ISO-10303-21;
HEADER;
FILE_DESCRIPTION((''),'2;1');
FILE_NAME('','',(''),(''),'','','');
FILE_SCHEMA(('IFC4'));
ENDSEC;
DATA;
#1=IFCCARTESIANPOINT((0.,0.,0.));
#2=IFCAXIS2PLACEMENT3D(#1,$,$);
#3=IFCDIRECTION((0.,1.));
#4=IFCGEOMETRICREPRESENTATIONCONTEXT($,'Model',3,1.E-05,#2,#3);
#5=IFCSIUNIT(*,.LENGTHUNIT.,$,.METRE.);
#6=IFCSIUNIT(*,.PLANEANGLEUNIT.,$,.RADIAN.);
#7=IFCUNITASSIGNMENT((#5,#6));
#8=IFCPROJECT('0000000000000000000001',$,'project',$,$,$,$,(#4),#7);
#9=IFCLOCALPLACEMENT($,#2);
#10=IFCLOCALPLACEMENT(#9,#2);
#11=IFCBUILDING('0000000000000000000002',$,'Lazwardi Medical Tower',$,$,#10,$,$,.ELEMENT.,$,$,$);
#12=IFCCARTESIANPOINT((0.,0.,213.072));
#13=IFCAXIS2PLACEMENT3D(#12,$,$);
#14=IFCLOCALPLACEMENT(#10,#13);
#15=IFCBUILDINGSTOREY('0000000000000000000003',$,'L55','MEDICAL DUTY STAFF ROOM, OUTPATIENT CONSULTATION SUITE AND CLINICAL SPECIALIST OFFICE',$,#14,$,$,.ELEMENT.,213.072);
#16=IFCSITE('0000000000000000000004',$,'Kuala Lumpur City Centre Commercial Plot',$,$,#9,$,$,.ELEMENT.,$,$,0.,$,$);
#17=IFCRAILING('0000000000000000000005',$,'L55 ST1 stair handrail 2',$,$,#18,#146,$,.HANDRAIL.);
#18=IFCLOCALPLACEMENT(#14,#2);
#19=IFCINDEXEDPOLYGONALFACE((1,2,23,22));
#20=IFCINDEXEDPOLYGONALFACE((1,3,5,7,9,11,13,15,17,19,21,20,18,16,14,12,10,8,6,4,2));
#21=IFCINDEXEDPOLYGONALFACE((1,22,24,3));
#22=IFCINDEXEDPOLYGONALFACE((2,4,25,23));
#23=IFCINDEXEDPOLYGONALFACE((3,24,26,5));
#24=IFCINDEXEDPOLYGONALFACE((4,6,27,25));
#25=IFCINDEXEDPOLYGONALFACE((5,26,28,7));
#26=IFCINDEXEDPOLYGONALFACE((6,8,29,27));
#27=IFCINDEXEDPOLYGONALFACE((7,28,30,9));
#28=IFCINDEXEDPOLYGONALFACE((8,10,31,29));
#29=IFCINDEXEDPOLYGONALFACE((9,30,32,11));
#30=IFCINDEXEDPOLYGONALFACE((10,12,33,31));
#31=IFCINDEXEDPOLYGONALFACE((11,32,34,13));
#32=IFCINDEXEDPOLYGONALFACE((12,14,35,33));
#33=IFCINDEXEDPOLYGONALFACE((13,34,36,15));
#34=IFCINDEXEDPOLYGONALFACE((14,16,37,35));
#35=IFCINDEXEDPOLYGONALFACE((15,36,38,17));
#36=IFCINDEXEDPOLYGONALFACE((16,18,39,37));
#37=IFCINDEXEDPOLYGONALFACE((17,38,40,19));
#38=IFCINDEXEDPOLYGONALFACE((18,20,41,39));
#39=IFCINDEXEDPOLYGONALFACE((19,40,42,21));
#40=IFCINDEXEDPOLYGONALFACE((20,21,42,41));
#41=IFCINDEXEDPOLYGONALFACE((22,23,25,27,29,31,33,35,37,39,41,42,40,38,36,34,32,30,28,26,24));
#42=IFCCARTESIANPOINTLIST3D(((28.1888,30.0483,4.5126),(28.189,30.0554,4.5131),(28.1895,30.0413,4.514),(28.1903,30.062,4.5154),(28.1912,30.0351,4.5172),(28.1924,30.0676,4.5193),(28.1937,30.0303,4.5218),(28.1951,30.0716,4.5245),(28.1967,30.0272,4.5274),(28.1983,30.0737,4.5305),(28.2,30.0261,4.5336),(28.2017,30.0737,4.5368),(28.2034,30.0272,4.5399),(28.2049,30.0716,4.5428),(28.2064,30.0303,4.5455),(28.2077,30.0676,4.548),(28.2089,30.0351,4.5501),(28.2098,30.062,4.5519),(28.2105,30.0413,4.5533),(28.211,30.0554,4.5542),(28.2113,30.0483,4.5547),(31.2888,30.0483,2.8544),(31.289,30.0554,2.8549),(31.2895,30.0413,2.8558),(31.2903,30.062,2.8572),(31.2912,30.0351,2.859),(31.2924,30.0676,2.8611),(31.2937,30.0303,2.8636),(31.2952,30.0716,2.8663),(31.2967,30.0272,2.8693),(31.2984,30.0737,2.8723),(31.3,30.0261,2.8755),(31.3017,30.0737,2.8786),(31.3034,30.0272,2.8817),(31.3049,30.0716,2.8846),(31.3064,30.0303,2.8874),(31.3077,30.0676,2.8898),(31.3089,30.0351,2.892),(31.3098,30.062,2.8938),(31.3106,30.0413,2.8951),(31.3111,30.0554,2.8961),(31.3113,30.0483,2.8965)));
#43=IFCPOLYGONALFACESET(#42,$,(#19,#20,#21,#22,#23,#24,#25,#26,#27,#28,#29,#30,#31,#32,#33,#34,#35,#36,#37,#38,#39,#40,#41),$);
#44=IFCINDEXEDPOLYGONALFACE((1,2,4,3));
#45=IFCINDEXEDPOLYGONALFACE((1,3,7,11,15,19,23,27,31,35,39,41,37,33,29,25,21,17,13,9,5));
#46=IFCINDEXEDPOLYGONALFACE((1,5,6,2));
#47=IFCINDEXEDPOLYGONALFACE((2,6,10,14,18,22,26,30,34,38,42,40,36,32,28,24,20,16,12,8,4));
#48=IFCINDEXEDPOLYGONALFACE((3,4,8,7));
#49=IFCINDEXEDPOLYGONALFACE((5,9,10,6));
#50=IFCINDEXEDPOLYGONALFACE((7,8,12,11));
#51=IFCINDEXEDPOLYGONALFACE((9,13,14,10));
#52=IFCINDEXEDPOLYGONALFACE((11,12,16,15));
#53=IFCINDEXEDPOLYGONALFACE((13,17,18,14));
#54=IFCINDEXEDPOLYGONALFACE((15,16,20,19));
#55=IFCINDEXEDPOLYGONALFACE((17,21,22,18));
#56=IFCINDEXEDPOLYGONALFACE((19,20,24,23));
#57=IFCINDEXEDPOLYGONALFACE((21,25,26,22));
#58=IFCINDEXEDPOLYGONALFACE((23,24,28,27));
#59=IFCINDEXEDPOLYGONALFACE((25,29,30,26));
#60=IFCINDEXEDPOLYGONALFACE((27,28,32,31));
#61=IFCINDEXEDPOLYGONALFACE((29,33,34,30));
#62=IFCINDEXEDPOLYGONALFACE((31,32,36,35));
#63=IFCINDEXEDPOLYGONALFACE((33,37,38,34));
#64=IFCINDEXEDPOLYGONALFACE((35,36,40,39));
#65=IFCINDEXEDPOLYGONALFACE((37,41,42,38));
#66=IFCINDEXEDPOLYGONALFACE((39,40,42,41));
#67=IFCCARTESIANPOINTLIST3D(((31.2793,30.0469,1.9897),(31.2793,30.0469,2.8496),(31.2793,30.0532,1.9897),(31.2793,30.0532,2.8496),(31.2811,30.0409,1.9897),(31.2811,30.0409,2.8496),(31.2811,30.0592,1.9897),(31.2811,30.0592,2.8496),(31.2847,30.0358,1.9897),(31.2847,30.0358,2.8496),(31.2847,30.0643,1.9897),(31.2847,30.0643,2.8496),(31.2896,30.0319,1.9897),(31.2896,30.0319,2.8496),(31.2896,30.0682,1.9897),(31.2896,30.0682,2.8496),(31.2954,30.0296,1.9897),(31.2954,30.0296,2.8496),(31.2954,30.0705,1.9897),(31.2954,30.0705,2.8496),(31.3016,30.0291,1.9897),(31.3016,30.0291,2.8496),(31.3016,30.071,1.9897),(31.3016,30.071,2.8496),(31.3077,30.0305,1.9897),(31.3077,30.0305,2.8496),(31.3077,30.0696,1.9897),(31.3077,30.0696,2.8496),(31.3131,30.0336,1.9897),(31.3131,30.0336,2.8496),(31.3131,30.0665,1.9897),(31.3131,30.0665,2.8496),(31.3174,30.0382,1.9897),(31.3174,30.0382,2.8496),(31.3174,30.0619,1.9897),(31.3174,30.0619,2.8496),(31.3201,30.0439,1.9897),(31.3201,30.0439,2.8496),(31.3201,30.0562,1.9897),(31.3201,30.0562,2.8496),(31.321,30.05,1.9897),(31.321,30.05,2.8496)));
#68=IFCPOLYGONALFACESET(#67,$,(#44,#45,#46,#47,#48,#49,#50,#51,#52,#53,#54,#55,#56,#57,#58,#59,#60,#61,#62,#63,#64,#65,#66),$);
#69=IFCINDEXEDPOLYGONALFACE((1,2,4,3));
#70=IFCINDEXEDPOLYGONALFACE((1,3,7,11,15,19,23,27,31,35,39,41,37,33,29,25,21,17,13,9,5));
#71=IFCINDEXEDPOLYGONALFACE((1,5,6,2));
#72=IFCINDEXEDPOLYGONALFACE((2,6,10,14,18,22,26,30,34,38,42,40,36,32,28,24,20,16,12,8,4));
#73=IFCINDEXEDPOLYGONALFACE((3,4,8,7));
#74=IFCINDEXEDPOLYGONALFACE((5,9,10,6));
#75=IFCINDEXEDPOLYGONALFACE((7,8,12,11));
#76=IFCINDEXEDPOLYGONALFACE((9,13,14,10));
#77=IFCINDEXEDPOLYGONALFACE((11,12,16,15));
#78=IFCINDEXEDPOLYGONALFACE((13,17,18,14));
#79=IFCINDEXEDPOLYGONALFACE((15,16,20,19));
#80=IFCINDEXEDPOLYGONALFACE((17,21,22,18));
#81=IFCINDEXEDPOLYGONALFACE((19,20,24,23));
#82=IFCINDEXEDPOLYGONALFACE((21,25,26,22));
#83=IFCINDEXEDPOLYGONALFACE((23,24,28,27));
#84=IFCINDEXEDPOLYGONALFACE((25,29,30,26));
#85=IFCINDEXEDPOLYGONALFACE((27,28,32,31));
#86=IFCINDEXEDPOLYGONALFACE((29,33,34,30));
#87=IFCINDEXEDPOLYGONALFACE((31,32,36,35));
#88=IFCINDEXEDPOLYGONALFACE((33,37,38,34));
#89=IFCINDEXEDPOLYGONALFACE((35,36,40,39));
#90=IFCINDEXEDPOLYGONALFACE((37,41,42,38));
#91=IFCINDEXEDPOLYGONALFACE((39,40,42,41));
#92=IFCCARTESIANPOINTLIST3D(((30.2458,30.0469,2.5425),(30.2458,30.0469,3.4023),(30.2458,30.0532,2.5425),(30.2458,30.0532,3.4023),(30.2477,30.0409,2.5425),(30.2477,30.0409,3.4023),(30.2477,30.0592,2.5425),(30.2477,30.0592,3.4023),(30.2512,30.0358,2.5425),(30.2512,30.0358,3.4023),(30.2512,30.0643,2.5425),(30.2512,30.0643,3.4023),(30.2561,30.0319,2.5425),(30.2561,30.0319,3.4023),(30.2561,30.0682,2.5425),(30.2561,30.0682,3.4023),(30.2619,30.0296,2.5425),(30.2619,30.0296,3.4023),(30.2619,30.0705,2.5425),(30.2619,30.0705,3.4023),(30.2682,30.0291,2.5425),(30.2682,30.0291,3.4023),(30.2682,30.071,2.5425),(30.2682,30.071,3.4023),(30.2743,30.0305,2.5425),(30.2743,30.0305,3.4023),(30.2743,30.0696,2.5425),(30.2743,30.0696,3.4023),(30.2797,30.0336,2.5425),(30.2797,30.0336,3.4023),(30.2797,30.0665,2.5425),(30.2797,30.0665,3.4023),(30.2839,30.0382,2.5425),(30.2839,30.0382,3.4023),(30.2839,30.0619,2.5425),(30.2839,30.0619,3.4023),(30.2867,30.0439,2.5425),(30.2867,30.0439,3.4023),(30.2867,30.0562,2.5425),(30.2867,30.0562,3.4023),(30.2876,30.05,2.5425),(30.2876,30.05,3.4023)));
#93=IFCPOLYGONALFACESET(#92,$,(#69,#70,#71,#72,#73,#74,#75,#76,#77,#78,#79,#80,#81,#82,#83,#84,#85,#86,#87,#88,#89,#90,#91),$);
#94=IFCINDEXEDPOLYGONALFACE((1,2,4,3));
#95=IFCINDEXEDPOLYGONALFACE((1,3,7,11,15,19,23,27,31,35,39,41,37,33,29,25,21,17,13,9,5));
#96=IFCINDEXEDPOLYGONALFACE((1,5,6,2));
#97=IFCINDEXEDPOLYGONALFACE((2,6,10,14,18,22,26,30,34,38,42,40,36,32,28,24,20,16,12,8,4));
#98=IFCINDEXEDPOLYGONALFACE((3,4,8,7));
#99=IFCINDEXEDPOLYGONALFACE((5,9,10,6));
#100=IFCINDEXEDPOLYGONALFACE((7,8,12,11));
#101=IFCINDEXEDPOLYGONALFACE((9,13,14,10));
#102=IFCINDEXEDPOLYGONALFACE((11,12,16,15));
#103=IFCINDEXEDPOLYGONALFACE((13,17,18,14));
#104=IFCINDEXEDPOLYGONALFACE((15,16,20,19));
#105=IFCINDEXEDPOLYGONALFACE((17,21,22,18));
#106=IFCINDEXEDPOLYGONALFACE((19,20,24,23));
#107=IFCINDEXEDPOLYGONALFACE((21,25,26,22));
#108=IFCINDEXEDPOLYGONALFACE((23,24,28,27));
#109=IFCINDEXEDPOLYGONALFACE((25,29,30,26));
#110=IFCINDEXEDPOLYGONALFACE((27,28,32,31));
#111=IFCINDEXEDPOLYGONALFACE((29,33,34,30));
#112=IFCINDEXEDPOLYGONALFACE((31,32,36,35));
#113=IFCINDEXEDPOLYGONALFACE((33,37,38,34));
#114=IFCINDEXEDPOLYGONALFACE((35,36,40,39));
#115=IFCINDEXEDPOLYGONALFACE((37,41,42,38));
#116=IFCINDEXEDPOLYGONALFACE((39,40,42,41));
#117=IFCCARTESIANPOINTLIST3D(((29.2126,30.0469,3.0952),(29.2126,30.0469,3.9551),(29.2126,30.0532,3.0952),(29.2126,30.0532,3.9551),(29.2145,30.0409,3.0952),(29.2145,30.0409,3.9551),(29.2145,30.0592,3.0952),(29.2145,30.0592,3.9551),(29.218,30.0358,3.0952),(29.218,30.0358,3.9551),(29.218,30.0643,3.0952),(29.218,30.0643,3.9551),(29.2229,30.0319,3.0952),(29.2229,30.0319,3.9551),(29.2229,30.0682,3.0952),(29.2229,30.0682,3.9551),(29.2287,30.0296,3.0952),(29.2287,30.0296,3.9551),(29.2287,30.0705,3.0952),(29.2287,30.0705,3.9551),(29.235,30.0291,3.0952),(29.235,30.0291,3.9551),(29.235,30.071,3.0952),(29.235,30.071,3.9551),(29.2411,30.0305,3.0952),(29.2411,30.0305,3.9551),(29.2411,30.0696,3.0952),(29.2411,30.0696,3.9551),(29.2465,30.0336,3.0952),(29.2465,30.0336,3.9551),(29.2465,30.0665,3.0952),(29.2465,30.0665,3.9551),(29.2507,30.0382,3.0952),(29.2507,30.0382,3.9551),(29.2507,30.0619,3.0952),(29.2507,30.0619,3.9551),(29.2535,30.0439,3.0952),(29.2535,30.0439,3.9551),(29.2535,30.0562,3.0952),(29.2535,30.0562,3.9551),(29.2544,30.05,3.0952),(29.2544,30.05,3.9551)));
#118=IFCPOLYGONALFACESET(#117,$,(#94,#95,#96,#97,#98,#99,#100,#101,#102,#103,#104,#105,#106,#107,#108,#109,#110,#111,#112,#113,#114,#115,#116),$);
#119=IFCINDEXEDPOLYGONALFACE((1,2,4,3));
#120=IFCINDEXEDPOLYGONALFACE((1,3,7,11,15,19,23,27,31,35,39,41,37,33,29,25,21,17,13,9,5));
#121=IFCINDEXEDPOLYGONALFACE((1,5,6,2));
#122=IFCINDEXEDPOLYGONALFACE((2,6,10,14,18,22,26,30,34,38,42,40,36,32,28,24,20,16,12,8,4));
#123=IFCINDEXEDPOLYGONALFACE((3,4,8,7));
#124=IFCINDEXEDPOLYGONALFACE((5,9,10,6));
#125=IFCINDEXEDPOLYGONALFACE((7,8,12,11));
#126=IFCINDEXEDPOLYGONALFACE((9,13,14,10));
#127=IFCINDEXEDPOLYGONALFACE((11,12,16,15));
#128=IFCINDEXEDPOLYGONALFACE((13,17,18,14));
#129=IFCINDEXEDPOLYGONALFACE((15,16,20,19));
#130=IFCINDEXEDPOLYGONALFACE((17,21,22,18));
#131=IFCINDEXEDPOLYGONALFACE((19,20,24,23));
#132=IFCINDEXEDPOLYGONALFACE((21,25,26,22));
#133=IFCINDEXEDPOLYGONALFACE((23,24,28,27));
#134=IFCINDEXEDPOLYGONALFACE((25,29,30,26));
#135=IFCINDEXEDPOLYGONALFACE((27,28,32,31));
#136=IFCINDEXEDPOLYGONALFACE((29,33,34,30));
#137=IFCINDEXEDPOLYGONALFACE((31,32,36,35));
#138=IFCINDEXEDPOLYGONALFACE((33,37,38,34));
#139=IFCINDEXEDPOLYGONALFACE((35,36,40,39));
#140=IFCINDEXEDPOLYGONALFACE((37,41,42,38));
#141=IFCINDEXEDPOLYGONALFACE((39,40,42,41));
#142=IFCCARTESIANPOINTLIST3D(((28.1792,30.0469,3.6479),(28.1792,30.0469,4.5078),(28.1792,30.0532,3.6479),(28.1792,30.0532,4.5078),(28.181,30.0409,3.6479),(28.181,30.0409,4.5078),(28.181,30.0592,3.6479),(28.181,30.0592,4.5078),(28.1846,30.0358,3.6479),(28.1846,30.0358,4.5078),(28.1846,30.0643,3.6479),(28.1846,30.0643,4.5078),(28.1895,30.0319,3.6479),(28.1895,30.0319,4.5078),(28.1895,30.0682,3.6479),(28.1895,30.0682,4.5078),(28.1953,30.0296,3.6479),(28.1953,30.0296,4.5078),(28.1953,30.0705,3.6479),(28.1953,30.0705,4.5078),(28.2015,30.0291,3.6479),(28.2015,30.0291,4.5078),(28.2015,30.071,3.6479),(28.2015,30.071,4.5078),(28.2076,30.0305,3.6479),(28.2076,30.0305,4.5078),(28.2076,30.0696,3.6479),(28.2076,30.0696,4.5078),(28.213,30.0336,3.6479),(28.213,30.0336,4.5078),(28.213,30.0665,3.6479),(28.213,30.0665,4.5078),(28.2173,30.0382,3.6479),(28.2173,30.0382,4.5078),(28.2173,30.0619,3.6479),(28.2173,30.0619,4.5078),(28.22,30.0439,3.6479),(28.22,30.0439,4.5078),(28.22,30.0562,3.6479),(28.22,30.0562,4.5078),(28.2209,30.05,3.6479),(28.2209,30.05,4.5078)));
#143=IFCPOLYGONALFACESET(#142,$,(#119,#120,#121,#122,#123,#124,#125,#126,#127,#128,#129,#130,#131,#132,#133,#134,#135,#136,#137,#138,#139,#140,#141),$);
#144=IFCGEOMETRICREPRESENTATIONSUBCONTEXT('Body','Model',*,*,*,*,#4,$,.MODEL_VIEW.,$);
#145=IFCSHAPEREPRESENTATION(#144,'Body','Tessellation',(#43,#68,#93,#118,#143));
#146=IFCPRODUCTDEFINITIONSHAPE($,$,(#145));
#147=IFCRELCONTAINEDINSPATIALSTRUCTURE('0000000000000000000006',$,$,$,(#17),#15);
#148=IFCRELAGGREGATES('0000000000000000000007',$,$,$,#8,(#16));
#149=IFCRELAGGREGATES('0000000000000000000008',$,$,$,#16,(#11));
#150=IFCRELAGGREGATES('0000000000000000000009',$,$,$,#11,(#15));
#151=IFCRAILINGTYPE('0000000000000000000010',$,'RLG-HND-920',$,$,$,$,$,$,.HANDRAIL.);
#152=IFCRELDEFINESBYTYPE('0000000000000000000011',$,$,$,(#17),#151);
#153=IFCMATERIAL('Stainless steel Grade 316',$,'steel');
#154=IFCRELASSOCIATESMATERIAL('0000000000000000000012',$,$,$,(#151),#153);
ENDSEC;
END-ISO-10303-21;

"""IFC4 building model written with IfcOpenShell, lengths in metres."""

from ifc_helpers import new_model, si_unit, direction, frame, origin, origin_2d, place, context, subcontext, project, spatial, circle, extrude, material, type_object, element, save


model = new_model("IFC4")

# Units and contexts
model_context = context("Model", 3, precision=1e-05, world=origin(), true_north=direction((0.0, 1.0)))
body_context = subcontext(model_context, "Body", "Model", "MODEL_VIEW")
ifc_project = project(units=[si_unit("LENGTHUNIT", "METRE"), si_unit("PLANEANGLEUNIT", "RADIAN")], contexts=[model_context])

# Site, building, storey
site_placement = place(None, origin())
site = spatial("IfcSite", under=ifc_project, at=site_placement, Name="Kuala Lumpur City Centre Commercial Plot", CompositionType="ELEMENT", RefElevation=0.0)
building_placement = place(site_placement, origin())
building = spatial("IfcBuilding", under=site, at=building_placement, Name="Lazwardi Medical Tower", CompositionType="ELEMENT")
storey_placement = place(building_placement, frame((0.0, 0.0, 213.072)))
storey = spatial("IfcBuildingStorey", under=building, at=storey_placement, Name="L55", Description="MEDICAL DUTY STAFF ROOM, OUTPATIENT CONSULTATION SUITE AND CLINICAL SPECIALIST OFFICE", CompositionType="ELEMENT", Elevation=213.072)

# Railing
ifc_material_1 = material(Name="Stainless steel Grade 316", Category="steel")
railing_type_1 = type_object("IfcRailingType", Name="RLG-HND-920", PredefinedType="HANDRAIL", material=ifc_material_1)
railing_1_placement = place(storey_placement, frame((31.3, 30.05, 1.9897)))
element("IfcRailing", 1, at=railing_1_placement, inside=storey, type_object=railing_type_1, Name="L55 ST1 stair handrail 2", PredefinedType="HANDRAIL", context=body_context, shape_type="SweptSolid", body=[
    extrude(circle(Radius=0.0239, at=origin_2d()), frame((0.0, 0.0, 0.8857), z_axis=(-0.881783, 0.0, 0.471655), x_axis=(0.0, -1.0, 0.0)), (0.0, 0.0, 1.0), 3.5156),
    extrude(circle(Radius=0.021, at=origin_2d()), origin(), (0.0, 0.0, 1.0), 0.8599),
    extrude(circle(Radius=0.021, at=origin_2d()), frame((-1.0334, 0.0, 0.5527)), (0.0, 0.0, 1.0), 0.8599),
    extrude(circle(Radius=0.021, at=origin_2d()), frame((-2.0667, 0.0, 1.1055)), (0.0, 0.0, 1.0), 0.8599),
    extrude(circle(Radius=0.021, at=origin_2d()), frame((-3.1001, 0.0, 1.6582)), (0.0, 0.0, 1.0), 0.8599),
])

save(model, "model.ifc")
